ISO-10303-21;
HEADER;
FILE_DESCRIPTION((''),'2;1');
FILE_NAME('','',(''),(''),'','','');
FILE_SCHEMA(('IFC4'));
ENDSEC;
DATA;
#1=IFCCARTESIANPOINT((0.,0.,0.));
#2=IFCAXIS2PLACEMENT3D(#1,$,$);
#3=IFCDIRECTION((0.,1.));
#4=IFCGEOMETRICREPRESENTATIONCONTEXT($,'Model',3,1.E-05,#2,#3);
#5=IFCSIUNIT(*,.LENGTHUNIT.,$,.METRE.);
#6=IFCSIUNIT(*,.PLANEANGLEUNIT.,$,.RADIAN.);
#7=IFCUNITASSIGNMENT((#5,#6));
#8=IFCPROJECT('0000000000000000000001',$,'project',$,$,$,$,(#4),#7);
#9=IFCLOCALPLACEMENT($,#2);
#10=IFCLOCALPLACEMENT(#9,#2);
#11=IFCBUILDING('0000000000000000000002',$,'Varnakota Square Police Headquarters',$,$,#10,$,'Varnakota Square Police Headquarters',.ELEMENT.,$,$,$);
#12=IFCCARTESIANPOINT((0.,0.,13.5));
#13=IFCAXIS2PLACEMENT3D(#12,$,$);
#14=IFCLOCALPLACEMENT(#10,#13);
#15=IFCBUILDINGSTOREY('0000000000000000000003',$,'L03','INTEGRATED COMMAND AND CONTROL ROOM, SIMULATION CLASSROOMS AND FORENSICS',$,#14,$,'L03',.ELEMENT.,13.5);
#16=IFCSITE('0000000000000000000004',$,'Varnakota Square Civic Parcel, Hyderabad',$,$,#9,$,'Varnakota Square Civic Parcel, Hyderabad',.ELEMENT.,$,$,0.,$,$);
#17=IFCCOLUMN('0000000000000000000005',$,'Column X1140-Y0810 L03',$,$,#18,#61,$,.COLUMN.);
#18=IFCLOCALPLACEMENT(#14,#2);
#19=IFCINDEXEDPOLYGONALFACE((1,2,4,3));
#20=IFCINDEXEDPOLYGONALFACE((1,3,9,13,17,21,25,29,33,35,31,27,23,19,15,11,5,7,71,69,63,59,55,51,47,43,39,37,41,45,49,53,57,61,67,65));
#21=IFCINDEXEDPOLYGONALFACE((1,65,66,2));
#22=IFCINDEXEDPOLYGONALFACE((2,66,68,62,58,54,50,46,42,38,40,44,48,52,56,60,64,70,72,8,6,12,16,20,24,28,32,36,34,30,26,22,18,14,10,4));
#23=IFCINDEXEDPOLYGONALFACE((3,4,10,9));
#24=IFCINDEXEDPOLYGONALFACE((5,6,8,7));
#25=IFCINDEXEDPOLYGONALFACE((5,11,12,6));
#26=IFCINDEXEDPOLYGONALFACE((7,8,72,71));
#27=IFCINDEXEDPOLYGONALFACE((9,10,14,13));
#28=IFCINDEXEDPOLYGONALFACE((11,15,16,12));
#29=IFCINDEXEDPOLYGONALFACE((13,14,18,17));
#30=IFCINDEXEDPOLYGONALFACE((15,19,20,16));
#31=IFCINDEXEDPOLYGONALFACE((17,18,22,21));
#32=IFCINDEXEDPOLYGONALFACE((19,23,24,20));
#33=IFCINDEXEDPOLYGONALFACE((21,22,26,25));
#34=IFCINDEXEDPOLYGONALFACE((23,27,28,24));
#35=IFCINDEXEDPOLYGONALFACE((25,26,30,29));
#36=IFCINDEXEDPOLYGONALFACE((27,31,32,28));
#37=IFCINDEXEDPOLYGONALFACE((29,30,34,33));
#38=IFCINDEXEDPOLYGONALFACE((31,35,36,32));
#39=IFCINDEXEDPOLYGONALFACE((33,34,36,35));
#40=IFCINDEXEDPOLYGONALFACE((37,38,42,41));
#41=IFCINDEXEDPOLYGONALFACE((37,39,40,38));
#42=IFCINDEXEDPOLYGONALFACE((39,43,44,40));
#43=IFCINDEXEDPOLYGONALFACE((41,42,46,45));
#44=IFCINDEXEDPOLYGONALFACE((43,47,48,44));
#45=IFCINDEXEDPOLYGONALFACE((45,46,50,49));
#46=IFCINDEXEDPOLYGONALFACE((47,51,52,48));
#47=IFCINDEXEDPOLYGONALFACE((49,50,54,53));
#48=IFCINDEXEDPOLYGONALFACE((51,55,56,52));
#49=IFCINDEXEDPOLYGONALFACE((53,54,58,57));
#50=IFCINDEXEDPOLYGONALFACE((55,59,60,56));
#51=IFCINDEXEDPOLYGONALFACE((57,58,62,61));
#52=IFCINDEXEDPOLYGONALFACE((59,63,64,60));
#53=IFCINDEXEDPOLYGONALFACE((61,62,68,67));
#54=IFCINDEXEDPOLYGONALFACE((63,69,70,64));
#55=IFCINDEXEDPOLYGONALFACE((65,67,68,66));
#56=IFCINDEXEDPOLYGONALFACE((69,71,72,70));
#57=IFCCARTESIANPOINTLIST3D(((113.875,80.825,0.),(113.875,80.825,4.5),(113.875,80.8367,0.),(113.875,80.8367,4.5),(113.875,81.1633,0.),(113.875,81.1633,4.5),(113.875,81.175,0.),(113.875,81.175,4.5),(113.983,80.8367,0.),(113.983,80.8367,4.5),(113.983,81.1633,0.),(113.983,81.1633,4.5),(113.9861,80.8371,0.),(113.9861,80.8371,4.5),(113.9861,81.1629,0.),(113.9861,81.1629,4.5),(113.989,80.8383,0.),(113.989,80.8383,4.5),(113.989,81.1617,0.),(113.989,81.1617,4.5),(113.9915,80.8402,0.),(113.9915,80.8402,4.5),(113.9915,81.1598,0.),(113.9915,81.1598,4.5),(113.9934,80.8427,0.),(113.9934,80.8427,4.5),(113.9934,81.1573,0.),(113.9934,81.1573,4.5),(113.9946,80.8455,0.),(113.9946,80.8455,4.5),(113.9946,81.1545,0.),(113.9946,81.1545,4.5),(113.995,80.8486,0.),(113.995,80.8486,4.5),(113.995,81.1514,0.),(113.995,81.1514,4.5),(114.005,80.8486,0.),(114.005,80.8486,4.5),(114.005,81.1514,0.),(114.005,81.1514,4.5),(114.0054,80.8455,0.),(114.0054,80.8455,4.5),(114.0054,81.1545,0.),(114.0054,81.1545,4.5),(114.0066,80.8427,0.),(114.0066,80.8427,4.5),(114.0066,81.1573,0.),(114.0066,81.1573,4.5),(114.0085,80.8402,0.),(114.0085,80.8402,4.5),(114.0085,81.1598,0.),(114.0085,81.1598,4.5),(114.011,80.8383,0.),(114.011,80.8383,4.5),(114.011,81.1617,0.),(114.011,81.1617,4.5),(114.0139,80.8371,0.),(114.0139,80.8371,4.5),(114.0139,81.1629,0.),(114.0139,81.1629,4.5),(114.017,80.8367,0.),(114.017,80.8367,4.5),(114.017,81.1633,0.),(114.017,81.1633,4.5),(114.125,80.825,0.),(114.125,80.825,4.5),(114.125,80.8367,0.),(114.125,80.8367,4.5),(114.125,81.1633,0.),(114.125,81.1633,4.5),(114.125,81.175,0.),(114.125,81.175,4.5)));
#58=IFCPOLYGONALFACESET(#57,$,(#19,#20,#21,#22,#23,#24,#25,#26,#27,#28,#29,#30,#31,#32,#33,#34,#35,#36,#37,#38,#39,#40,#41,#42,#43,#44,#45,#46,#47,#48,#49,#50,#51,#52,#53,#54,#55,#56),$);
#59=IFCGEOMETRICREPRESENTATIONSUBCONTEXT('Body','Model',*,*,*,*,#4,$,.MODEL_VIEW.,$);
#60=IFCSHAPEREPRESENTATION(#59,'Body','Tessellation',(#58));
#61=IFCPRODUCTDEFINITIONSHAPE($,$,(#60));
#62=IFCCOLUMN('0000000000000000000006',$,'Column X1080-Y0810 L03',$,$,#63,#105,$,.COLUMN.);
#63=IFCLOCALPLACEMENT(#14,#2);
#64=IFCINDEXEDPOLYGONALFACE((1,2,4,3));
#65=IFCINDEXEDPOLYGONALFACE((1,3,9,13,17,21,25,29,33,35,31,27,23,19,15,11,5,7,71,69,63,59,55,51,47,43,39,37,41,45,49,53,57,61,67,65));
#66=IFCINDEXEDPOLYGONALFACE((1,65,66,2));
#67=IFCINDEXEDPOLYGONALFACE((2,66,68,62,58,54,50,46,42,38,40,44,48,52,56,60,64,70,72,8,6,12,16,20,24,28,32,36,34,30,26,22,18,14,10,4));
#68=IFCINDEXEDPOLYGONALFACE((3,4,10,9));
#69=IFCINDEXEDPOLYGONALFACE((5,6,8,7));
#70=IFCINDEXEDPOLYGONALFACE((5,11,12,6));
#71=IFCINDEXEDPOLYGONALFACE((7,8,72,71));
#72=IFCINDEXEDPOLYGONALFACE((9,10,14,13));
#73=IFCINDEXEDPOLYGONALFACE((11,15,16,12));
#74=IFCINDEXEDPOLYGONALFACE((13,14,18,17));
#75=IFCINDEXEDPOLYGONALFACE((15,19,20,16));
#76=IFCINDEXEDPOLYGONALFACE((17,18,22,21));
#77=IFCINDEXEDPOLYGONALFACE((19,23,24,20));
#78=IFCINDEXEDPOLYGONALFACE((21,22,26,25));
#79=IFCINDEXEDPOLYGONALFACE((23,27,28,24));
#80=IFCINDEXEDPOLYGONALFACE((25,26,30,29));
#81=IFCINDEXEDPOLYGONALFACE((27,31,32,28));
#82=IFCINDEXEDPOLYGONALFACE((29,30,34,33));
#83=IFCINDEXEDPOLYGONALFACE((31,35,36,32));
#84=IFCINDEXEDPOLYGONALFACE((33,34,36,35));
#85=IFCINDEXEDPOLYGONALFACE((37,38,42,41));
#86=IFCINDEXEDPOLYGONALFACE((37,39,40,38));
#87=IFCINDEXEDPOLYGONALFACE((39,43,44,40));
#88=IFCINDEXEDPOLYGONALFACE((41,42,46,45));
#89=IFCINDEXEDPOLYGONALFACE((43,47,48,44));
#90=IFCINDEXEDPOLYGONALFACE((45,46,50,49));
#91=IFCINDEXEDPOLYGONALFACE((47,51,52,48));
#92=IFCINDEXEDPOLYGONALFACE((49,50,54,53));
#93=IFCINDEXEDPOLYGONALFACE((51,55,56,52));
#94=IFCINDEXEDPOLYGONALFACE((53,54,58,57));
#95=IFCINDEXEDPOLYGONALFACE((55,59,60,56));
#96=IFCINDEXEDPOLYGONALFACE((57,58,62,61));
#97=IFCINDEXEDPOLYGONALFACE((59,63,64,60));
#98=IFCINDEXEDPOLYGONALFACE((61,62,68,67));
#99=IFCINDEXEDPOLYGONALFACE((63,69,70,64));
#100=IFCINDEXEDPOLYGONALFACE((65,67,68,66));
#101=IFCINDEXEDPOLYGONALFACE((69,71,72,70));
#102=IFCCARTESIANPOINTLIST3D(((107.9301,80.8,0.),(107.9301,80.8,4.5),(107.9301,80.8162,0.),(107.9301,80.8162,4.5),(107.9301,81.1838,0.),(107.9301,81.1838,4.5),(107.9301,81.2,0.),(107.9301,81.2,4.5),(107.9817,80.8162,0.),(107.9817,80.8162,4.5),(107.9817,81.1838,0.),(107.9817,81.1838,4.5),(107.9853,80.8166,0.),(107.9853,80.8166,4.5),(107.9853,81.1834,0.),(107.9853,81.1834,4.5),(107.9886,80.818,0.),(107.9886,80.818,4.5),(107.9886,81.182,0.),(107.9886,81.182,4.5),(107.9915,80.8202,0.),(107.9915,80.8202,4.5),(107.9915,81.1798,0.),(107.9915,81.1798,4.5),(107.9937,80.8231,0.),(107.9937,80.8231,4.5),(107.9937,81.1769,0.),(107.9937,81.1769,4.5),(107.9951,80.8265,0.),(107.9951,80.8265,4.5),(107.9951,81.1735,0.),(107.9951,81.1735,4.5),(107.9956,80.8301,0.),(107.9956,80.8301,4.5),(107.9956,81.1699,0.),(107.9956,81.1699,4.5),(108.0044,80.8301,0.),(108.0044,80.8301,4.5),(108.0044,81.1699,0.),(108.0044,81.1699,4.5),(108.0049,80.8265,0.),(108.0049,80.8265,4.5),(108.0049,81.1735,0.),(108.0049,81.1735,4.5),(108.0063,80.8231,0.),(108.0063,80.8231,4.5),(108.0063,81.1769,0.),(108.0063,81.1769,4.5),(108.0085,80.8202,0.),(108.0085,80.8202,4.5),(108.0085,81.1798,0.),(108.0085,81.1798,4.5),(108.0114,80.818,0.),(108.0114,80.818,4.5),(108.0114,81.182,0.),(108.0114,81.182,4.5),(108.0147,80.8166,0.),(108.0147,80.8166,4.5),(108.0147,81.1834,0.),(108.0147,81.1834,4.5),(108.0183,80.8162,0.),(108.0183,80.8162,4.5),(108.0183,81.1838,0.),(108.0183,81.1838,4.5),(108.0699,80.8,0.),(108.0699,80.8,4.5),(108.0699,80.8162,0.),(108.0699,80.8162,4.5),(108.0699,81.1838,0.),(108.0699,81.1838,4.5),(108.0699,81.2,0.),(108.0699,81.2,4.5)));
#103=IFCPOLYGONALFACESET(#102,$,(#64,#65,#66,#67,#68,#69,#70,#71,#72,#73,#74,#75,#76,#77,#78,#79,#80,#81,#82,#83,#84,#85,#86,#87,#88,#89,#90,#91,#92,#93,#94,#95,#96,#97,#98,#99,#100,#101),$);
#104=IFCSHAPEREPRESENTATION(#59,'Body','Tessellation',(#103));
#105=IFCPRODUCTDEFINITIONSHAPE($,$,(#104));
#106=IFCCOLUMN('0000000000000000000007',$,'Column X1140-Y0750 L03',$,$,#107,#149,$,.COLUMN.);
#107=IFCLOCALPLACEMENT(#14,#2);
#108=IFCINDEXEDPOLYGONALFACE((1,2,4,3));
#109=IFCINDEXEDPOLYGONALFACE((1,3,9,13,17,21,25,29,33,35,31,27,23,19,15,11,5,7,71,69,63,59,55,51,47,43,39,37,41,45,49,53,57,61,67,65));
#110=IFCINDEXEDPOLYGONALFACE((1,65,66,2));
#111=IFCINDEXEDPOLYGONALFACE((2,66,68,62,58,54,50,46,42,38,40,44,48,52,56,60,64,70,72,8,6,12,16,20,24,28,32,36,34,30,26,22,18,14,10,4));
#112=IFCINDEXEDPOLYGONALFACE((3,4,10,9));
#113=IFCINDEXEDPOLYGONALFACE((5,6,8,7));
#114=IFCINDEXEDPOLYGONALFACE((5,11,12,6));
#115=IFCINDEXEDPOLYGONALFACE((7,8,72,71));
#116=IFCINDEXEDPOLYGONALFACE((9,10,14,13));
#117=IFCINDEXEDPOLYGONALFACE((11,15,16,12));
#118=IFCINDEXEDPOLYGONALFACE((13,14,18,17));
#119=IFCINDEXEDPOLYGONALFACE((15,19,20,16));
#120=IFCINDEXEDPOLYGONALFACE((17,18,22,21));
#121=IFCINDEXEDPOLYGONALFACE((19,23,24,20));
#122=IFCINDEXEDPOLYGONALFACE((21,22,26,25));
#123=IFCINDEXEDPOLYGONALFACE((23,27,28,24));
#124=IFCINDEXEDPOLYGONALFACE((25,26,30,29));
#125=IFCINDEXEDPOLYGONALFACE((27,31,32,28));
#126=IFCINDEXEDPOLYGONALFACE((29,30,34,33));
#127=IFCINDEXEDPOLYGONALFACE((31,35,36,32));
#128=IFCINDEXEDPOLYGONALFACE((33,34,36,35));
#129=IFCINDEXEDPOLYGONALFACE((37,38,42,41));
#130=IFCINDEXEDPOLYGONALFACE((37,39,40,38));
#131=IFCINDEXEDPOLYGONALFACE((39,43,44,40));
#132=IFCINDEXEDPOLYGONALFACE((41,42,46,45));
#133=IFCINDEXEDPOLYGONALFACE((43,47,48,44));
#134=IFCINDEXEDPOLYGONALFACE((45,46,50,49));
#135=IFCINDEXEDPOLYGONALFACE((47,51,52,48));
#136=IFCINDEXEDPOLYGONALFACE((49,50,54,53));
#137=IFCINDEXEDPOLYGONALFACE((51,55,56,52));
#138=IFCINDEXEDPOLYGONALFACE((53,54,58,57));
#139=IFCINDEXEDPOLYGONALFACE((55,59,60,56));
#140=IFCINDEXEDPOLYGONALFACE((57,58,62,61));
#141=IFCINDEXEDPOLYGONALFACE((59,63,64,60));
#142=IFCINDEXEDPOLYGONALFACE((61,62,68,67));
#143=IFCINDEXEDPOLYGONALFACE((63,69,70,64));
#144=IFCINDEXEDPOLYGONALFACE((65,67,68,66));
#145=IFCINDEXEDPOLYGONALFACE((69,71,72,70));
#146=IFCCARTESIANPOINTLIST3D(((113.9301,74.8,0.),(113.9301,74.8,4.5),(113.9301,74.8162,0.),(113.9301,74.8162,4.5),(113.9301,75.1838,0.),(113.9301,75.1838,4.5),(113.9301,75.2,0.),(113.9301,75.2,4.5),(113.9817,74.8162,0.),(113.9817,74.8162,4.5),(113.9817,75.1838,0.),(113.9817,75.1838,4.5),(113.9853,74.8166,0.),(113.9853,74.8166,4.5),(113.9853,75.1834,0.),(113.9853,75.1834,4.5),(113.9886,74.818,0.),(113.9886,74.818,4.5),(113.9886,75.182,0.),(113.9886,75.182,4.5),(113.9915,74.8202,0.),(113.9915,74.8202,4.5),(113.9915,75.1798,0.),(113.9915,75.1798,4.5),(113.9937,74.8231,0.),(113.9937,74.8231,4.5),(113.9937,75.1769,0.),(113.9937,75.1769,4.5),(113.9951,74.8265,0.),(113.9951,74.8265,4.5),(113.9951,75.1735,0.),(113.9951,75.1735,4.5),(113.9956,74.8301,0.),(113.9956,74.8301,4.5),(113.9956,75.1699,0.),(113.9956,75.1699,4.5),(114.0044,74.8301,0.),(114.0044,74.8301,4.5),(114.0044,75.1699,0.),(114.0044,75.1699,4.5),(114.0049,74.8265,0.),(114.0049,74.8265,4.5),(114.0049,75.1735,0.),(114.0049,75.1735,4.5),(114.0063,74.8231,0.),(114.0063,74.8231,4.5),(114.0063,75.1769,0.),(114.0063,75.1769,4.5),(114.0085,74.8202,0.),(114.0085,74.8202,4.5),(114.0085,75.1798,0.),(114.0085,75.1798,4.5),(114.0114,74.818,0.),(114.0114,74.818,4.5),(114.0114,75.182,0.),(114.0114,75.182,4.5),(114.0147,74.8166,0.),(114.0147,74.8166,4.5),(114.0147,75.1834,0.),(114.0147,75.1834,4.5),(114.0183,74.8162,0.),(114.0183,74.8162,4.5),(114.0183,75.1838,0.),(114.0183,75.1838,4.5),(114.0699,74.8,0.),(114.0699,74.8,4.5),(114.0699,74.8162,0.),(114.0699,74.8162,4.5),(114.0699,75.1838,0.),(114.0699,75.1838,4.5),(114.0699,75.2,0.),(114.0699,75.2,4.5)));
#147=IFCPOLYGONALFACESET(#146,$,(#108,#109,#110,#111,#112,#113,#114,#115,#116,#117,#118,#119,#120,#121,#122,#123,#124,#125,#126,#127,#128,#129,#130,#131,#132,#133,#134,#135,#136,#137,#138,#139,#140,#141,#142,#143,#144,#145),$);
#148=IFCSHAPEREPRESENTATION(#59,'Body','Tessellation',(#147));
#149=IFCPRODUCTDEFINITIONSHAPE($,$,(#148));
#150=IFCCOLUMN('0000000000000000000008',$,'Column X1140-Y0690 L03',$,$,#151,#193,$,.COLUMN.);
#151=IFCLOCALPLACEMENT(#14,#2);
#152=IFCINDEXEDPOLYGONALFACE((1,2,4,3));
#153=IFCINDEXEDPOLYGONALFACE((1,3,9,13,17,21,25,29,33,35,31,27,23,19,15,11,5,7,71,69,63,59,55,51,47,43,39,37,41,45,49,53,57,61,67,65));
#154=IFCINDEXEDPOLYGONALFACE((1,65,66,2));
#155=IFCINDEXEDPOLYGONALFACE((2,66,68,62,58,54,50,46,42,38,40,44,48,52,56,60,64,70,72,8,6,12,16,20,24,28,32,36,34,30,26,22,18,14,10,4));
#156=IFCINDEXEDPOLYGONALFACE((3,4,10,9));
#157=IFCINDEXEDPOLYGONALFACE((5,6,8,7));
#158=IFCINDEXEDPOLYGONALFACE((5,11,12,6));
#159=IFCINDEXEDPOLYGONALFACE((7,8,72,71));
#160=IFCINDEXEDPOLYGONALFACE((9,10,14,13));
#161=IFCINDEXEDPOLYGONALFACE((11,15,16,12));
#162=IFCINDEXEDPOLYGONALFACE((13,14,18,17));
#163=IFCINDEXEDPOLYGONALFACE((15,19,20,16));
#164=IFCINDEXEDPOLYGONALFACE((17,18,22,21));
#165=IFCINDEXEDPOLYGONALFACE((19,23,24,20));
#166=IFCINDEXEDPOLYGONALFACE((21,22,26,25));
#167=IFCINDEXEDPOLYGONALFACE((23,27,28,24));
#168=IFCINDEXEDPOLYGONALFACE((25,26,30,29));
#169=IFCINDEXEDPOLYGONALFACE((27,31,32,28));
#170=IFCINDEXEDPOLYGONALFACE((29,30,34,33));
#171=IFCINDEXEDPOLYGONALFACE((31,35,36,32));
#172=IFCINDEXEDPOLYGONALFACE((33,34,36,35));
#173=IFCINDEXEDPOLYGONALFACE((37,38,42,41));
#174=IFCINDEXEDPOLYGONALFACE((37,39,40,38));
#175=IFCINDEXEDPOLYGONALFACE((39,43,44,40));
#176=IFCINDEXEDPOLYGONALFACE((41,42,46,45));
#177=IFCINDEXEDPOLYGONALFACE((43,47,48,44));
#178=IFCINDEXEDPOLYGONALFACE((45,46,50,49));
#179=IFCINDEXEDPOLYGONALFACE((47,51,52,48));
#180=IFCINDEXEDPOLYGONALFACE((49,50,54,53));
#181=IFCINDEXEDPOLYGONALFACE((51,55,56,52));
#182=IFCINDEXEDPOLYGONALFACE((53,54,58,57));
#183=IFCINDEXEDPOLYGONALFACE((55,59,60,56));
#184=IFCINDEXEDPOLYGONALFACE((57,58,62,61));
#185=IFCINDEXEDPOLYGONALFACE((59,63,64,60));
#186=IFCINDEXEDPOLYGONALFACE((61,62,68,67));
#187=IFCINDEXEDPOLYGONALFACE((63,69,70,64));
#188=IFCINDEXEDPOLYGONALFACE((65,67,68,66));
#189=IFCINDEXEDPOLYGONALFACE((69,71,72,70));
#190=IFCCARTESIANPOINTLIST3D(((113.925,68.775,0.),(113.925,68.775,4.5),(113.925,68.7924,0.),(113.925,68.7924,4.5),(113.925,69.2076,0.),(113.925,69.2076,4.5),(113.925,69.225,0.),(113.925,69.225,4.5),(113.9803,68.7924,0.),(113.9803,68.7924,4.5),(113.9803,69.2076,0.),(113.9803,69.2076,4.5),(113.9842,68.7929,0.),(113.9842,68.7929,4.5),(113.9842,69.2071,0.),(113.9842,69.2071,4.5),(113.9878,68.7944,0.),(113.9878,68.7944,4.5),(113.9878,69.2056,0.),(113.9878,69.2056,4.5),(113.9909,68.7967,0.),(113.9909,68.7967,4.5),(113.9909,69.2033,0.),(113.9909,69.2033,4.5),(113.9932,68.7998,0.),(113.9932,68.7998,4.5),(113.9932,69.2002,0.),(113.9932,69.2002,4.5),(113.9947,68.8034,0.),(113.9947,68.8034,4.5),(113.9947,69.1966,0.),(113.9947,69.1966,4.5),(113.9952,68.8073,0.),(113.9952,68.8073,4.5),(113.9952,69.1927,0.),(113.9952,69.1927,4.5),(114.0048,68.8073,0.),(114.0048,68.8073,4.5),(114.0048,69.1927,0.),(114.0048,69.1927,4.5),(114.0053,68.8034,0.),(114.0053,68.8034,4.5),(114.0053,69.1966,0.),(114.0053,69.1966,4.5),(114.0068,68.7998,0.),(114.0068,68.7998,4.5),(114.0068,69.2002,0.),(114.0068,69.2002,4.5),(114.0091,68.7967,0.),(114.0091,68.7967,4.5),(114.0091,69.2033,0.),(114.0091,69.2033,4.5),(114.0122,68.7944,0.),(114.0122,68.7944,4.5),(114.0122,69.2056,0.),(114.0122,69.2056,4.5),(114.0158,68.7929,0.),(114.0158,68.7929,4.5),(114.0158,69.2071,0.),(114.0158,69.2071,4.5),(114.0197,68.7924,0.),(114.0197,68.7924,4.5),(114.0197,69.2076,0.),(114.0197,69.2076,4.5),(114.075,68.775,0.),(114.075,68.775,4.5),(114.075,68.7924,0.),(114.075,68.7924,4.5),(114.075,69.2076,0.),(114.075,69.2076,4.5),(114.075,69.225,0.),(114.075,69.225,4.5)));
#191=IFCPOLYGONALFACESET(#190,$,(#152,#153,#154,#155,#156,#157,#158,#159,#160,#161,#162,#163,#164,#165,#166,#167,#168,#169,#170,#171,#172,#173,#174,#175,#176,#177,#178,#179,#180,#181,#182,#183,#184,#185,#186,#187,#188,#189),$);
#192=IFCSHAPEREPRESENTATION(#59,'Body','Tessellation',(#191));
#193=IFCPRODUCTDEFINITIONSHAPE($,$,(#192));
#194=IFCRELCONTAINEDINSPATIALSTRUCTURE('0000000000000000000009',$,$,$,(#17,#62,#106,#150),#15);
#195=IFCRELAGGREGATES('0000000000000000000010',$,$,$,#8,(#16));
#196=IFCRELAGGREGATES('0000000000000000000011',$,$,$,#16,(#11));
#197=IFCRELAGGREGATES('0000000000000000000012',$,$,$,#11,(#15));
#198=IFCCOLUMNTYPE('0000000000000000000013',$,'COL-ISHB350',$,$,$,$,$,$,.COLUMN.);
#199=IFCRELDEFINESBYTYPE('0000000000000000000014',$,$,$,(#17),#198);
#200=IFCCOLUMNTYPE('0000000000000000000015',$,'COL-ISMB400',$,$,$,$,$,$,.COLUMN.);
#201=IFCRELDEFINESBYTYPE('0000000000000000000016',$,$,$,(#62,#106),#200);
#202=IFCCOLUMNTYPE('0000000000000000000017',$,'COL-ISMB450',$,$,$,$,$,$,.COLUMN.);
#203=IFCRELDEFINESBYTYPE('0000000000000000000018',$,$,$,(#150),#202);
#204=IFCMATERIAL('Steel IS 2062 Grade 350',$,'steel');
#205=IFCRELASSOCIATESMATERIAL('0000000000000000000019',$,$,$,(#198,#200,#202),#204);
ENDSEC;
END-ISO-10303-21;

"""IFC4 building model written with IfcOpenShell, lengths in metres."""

from ifc_helpers import new_model, si_unit, direction, frame, origin, origin_2d, place, context, subcontext, project, spatial, i_section, extrude, material, material_profile, profile_set, type_object, element, save


model = new_model("IFC4")

# Units and contexts
model_context = context("Model", 3, precision=1e-05, world=origin(), true_north=direction((0.0, 1.0)))
body_context = subcontext(model_context, "Body", "Model", "MODEL_VIEW")
ifc_project = project(units=[si_unit("LENGTHUNIT", "METRE"), si_unit("PLANEANGLEUNIT", "RADIAN")], contexts=[model_context])

# Site, building, storey
site_placement = place(None, origin())
site = spatial("IfcSite", under=ifc_project, at=site_placement, Name="Varnakota Square Civic Parcel, Hyderabad", LongName="Varnakota Square Civic Parcel, Hyderabad", CompositionType="ELEMENT", RefElevation=0.0)
building_placement = place(site_placement, origin())
building = spatial("IfcBuilding", under=site, at=building_placement, Name="Varnakota Square Police Headquarters", LongName="Varnakota Square Police Headquarters", CompositionType="ELEMENT")
storey_placement = place(building_placement, frame((0.0, 0.0, 13.5)))
storey = spatial("IfcBuildingStorey", under=building, at=storey_placement, Name="L03", Description="INTEGRATED COMMAND AND CONTROL ROOM, SIMULATION CLASSROOMS AND FORENSICS", LongName="L03", CompositionType="ELEMENT", Elevation=13.5)

# Columns
ifc_material_1 = material(Name="Steel IS 2062 Grade 350", Category="steel")
ifc_material_profile_1 = material_profile(ifc_material_1, i_section(OverallWidth=0.25, OverallDepth=0.3501, WebThickness=0.01, FlangeThickness=0.0117, FilletRadius=0.012, at=origin_2d()), Name="ISHB 350")
ifc_profile_set_1 = profile_set([ifc_material_profile_1], Name="Steel IS 2062 Grade 350")
column_type_1 = type_object("IfcColumnType", Name="COL-ISHB350", PredefinedType="COLUMN", material=ifc_profile_set_1)
column_1_placement = place(storey_placement, frame((114.0, 81.0, 0.0), z_axis=(0.0, 0.0, 1.0), x_axis=(1.0, 0.0, 0.0)))
element("IfcColumn", 1, at=column_1_placement, inside=storey, type_object=column_type_1, Name="Column X1140-Y0810 L03", PredefinedType="COLUMN", context=body_context, shape_type="SweptSolid", body=[
    extrude(i_section(OverallWidth=0.25, OverallDepth=0.3501, WebThickness=0.01, FlangeThickness=0.0117, FilletRadius=0.012, at=origin_2d()), origin(), (0.0, 0.0, 1.0), 4.5),
])
ifc_material_profile_2 = material_profile(ifc_material_1, i_section(OverallWidth=0.1399, OverallDepth=0.3999, WebThickness=0.0088, FlangeThickness=0.0161, FilletRadius=0.0139, at=origin_2d()), Name="ISMB 400")
ifc_profile_set_2 = profile_set([ifc_material_profile_2], Name="Steel IS 2062 Grade 350")
column_type_2 = type_object("IfcColumnType", Name="COL-ISMB400", PredefinedType="COLUMN", material=ifc_profile_set_2)
for number, where, z_axis, x_axis, name in (
    (2, (108.0, 81.0, 0.0), (0.0, 0.0, 1.0), (1.0, 0.0, 0.0), "Column X1080-Y0810 L03"),
    (3, (114.0, 75.0, 0.0), (0.0, 0.0, 1.0), (1.0, 0.0, 0.0), "Column X1140-Y0750 L03"),
):
    element("IfcColumn", number, at=place(storey_placement, frame(where, z_axis=z_axis, x_axis=x_axis)), inside=storey, type_object=column_type_2, Name=name, PredefinedType="COLUMN", context=body_context, shape_type="SweptSolid", body=[
        extrude(i_section(OverallWidth=0.1399, OverallDepth=0.3999, WebThickness=0.0088, FlangeThickness=0.0161, FilletRadius=0.0139, at=origin_2d()), origin(), (0.0, 0.0, 1.0), 4.5),
    ])
ifc_material_profile_3 = material_profile(ifc_material_1, i_section(OverallWidth=0.1499, OverallDepth=0.45, WebThickness=0.0095, FlangeThickness=0.0173, FilletRadius=0.0149, at=origin_2d()), Name="ISMB 450")
ifc_profile_set_3 = profile_set([ifc_material_profile_3], Name="Steel IS 2062 Grade 350")
column_type_3 = type_object("IfcColumnType", Name="COL-ISMB450", PredefinedType="COLUMN", material=ifc_profile_set_3)
column_2_placement = place(storey_placement, frame((114.0, 69.0, 0.0), z_axis=(0.0, 0.0, 1.0), x_axis=(1.0, 0.0, 0.0)))
element("IfcColumn", 4, at=column_2_placement, inside=storey, type_object=column_type_3, Name="Column X1140-Y0690 L03", PredefinedType="COLUMN", context=body_context, shape_type="SweptSolid", body=[
    extrude(i_section(OverallWidth=0.1499, OverallDepth=0.45, WebThickness=0.0095, FlangeThickness=0.0173, FilletRadius=0.0149, at=origin_2d()), origin(), (0.0, 0.0, 1.0), 4.5),
])

save(model, "model.ifc")
